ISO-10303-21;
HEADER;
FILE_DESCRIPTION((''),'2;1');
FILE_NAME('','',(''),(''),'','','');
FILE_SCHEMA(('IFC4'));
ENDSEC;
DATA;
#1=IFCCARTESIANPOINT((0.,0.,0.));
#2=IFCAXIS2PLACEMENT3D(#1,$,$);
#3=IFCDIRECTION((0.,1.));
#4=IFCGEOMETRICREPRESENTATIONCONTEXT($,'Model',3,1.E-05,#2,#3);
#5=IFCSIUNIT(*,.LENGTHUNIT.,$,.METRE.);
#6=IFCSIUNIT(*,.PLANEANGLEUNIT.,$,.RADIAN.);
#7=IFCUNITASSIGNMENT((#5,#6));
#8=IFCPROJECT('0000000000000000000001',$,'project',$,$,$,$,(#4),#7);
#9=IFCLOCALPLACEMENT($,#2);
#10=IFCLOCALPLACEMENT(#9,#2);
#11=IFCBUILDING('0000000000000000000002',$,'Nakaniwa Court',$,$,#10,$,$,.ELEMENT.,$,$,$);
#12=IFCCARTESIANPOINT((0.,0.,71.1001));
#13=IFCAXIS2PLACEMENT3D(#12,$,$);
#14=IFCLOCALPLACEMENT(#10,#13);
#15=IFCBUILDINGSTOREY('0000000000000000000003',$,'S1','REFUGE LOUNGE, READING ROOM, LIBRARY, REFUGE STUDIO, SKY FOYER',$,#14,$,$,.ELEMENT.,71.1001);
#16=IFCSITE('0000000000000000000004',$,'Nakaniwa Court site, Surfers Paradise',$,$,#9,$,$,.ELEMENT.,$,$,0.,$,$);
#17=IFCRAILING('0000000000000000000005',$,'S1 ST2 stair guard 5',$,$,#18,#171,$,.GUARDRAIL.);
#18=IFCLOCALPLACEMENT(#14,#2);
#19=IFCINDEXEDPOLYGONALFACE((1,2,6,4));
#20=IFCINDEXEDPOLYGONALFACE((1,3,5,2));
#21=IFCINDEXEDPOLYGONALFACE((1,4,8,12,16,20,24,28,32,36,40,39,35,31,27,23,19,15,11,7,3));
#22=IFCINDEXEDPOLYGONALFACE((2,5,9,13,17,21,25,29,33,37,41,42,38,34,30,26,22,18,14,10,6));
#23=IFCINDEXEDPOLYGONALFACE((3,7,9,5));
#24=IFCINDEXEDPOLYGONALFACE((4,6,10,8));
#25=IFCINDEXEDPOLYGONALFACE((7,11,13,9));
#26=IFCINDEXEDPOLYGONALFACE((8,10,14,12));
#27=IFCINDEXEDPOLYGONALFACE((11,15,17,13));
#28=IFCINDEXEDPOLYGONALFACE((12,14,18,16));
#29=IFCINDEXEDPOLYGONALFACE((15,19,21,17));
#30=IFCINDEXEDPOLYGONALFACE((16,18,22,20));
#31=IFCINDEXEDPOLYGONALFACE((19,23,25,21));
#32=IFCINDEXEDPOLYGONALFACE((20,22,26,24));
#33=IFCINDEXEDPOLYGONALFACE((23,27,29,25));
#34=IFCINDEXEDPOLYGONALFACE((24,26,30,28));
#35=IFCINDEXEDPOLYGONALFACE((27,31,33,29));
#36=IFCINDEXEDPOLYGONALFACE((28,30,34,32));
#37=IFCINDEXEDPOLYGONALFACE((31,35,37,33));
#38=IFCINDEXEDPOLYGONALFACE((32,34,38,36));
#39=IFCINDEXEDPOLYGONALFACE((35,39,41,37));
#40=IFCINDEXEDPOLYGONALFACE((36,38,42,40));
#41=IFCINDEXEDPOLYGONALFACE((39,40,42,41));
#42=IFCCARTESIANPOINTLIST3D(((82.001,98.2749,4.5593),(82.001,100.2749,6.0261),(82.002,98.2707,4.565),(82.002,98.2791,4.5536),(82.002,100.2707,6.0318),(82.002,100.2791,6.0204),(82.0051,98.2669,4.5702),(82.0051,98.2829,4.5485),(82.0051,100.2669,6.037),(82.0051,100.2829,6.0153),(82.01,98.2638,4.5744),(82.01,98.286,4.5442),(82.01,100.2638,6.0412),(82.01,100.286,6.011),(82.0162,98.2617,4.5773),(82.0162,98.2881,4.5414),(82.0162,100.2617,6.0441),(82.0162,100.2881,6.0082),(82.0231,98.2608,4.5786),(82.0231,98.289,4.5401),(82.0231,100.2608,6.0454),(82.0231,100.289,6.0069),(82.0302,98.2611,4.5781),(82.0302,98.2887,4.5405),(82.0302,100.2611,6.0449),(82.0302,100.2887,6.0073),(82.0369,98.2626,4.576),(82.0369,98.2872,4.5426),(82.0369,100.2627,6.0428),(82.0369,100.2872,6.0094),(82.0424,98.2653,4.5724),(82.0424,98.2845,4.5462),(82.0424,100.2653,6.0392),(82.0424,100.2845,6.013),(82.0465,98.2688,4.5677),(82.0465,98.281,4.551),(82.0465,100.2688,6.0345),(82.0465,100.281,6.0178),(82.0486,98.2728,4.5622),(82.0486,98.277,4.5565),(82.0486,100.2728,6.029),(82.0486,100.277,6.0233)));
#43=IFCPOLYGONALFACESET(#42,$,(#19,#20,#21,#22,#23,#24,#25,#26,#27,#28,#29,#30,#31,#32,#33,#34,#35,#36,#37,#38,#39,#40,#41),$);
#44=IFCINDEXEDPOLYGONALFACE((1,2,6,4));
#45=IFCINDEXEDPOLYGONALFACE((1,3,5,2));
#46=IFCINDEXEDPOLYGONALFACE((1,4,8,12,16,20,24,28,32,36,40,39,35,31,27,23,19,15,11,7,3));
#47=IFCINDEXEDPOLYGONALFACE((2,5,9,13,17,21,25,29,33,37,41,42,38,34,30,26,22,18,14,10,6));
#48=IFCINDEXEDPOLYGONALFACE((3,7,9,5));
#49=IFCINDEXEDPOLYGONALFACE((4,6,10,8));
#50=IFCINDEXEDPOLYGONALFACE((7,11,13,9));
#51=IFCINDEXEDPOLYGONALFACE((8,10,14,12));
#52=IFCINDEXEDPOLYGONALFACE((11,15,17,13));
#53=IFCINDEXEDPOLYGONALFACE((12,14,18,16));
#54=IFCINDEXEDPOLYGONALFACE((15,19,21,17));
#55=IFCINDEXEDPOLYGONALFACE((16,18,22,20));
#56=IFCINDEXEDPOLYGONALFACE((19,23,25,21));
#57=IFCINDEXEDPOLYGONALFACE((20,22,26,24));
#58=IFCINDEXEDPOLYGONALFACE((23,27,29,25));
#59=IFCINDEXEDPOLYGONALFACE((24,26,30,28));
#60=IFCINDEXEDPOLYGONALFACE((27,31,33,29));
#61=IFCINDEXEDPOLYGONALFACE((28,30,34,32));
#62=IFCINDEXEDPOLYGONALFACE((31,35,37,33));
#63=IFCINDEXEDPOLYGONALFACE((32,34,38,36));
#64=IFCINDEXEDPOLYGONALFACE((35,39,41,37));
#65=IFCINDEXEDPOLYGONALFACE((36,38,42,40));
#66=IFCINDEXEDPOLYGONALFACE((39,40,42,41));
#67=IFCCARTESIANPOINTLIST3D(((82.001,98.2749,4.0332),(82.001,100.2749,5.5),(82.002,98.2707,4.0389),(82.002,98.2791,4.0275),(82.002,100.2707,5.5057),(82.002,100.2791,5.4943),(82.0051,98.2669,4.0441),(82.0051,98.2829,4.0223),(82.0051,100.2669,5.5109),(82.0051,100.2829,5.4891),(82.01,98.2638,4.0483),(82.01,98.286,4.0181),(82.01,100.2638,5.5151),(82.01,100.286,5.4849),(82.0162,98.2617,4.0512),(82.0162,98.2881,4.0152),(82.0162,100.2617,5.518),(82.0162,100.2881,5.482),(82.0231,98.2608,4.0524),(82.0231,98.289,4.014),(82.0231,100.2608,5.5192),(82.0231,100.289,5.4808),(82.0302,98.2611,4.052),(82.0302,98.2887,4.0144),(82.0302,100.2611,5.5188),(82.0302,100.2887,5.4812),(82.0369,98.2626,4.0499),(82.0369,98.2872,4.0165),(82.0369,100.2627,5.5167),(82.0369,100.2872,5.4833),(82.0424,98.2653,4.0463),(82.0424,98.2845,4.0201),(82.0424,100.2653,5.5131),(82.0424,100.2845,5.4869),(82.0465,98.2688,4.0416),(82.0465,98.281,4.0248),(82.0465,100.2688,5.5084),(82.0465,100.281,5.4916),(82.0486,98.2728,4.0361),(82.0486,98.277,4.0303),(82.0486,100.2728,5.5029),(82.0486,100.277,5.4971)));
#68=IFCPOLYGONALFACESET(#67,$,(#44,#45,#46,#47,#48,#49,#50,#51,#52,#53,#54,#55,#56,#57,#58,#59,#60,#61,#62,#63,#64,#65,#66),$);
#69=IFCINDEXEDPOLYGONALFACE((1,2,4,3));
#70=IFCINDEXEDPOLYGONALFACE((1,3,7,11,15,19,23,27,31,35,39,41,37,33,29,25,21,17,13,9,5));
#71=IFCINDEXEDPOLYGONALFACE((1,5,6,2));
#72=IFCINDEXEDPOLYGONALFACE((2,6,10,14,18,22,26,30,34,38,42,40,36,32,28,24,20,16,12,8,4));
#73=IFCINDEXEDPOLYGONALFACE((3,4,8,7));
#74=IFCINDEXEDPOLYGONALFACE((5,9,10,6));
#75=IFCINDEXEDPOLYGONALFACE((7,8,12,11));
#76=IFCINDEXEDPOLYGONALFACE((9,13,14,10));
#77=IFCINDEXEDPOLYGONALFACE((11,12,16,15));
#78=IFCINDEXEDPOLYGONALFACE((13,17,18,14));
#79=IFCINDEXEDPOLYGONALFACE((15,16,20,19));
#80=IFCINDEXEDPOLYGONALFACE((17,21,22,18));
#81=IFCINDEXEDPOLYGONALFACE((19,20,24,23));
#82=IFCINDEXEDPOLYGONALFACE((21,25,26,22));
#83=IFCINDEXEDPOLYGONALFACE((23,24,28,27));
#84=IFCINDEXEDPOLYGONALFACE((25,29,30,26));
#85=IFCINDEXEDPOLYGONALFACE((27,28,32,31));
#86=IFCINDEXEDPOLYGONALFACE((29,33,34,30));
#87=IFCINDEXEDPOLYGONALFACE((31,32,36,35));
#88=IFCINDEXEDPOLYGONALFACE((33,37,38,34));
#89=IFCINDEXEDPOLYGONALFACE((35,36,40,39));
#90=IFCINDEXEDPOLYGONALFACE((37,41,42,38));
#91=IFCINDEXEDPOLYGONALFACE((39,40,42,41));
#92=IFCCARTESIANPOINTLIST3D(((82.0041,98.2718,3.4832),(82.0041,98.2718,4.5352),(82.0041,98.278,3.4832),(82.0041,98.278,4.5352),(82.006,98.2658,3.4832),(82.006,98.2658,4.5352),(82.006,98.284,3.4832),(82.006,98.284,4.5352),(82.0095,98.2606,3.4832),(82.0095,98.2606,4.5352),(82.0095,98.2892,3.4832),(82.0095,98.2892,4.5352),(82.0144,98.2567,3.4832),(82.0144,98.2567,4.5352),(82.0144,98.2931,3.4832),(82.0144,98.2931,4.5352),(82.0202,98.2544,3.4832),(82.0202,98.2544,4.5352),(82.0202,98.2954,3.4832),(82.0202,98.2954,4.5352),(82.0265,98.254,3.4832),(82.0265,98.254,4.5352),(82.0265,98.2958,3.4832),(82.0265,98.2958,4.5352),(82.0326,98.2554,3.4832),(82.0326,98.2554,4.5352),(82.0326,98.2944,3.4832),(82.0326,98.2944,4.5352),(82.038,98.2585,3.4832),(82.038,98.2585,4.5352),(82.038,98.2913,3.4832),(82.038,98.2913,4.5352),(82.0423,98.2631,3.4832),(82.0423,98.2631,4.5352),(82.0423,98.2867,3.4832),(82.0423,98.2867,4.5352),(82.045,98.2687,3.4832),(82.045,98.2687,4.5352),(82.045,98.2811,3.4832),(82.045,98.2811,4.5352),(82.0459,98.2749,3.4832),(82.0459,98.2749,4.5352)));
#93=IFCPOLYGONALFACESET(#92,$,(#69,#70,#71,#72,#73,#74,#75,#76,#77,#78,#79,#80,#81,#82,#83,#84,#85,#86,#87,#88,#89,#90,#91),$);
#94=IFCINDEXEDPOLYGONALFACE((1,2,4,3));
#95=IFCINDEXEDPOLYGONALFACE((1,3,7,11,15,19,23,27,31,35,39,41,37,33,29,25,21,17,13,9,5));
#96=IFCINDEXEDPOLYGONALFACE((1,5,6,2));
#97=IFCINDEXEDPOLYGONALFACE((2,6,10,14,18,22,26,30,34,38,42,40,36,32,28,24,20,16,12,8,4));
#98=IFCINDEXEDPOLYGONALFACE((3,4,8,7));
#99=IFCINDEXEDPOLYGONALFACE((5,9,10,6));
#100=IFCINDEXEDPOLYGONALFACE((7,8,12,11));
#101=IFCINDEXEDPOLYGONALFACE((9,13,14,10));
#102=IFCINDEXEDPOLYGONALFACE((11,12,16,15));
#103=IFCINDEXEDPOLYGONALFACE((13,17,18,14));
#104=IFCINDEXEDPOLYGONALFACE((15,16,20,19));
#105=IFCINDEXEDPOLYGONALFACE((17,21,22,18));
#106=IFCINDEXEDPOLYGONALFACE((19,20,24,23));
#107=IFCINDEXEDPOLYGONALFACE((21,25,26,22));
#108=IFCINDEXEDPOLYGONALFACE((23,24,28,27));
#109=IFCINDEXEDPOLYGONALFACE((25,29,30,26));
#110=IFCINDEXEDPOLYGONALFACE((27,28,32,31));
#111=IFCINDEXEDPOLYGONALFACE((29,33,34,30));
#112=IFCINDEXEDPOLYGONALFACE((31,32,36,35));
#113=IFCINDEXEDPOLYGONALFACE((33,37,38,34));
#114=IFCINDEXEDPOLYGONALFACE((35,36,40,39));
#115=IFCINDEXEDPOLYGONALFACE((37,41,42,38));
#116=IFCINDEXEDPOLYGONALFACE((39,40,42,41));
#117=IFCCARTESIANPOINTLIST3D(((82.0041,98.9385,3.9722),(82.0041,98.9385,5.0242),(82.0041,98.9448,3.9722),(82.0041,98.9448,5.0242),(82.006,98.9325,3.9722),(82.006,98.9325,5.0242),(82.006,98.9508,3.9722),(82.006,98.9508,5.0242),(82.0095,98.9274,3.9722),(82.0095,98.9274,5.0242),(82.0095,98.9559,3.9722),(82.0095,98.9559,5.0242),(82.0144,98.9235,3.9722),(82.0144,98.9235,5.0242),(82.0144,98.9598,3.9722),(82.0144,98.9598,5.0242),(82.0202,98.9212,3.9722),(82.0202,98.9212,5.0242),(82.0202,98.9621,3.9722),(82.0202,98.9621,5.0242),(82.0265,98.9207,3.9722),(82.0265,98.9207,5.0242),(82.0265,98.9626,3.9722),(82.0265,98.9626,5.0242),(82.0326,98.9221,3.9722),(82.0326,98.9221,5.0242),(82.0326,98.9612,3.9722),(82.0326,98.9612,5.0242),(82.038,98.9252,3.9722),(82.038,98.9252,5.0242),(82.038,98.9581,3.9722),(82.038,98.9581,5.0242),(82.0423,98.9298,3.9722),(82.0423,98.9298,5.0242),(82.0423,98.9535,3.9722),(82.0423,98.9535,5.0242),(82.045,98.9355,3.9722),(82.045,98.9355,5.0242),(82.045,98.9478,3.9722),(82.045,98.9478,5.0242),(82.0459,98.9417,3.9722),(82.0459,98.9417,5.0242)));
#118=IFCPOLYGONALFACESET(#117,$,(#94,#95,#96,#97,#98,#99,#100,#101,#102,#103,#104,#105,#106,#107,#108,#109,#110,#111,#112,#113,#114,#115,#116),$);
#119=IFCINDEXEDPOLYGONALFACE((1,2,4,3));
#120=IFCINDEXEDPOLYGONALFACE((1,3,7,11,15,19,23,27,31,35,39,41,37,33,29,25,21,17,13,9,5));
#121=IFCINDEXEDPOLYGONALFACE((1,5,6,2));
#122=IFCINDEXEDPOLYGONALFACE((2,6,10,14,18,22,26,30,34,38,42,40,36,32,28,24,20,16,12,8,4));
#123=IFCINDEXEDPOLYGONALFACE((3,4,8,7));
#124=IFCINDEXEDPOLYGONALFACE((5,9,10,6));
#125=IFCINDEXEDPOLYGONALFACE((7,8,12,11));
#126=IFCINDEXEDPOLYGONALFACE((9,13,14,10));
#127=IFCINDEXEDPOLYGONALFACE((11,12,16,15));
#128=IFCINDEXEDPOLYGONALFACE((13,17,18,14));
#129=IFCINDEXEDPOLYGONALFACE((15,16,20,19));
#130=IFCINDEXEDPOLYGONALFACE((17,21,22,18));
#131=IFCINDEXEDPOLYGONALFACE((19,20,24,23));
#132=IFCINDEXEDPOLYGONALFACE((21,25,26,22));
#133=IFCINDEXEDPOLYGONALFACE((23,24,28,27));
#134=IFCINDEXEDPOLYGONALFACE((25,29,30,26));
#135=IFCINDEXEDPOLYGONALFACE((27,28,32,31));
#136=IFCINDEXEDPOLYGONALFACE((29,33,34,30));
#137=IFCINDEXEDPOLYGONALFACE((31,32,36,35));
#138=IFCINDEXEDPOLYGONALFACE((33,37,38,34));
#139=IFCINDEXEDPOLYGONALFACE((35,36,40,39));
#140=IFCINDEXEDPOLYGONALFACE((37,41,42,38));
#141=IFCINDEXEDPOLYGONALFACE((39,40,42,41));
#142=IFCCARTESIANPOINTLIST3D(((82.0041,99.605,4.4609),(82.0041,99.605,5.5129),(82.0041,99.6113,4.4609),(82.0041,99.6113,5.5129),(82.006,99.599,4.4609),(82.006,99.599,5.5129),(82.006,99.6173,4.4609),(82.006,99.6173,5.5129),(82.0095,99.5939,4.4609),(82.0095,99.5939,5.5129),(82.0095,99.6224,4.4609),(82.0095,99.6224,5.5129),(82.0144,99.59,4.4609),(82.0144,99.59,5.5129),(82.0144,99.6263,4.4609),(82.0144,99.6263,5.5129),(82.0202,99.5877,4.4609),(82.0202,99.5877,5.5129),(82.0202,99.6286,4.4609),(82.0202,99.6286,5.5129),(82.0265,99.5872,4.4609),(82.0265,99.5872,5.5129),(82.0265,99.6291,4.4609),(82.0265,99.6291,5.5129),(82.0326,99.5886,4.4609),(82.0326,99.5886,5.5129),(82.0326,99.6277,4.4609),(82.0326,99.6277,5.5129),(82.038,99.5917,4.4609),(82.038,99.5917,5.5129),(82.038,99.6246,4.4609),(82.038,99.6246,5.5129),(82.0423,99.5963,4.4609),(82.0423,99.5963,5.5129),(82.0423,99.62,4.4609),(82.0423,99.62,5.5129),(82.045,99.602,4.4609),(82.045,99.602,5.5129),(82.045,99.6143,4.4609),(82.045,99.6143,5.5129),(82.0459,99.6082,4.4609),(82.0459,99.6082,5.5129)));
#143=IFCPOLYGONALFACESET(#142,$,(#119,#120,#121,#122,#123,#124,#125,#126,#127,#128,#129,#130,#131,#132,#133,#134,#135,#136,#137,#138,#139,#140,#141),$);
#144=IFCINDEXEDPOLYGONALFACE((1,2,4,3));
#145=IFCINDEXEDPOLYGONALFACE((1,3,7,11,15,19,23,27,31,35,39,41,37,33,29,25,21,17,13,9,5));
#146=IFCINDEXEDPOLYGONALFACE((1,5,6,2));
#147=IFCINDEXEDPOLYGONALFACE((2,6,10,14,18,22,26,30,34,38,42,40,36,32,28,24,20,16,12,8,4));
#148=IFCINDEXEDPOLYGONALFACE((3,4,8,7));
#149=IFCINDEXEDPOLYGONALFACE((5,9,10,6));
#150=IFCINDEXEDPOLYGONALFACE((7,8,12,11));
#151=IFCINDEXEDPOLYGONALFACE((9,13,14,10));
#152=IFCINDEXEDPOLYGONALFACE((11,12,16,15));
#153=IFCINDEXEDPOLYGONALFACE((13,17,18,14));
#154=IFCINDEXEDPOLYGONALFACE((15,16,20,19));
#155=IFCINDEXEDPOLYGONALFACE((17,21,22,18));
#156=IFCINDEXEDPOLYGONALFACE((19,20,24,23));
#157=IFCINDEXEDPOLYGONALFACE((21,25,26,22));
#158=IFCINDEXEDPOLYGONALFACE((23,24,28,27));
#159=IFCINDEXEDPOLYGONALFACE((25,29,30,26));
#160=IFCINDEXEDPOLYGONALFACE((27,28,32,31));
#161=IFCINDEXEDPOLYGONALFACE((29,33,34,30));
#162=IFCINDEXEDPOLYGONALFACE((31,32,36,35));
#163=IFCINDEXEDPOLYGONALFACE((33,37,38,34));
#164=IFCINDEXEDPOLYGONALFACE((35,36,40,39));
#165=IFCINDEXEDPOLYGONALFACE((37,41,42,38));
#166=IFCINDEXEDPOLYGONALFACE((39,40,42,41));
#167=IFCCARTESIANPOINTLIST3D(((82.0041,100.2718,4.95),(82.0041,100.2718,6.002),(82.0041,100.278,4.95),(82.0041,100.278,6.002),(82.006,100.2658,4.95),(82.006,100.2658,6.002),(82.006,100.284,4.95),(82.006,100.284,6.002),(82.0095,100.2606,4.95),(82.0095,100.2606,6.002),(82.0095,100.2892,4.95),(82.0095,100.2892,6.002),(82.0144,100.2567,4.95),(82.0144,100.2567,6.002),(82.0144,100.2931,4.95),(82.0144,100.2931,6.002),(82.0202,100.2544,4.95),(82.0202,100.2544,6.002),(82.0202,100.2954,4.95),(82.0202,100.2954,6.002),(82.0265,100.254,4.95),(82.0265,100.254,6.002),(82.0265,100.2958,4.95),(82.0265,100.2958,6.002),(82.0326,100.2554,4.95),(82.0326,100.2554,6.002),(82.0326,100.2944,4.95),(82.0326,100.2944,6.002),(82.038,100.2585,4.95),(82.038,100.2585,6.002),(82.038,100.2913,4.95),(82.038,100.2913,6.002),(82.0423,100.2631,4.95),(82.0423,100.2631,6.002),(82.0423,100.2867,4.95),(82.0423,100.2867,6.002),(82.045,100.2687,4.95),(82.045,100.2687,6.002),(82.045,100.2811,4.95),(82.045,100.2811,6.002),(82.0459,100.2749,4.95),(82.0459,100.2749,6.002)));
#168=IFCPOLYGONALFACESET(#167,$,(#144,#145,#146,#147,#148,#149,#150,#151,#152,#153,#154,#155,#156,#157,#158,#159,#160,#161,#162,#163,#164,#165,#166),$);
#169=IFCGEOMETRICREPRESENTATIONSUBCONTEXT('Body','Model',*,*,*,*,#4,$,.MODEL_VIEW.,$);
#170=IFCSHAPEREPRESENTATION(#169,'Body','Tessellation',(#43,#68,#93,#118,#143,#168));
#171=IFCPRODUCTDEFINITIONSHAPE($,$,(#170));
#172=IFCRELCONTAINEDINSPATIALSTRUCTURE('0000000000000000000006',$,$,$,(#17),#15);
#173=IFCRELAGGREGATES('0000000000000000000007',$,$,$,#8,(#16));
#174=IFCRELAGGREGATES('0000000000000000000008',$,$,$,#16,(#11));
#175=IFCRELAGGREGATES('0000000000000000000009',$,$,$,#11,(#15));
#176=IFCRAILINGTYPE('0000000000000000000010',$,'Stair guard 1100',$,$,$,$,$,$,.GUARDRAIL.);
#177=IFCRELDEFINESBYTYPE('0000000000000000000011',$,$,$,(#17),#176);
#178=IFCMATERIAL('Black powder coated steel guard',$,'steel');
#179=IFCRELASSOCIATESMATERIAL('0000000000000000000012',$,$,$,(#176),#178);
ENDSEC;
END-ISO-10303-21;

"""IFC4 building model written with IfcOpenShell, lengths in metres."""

from ifc_helpers import new_model, si_unit, direction, frame, origin, origin_2d, place, context, subcontext, project, spatial, circle, extrude, material, type_object, element, save


model = new_model("IFC4")

# Units and contexts
model_context = context("Model", 3, precision=1e-05, world=origin(), true_north=direction((0.0, 1.0)))
body_context = subcontext(model_context, "Body", "Model", "MODEL_VIEW")
ifc_project = project(units=[si_unit("LENGTHUNIT", "METRE"), si_unit("PLANEANGLEUNIT", "RADIAN")], contexts=[model_context])

# Site, building, storey
site_placement = place(None, origin())
site = spatial("IfcSite", under=ifc_project, at=site_placement, Name="Nakaniwa Court site, Surfers Paradise", CompositionType="ELEMENT", RefElevation=0.0)
building_placement = place(site_placement, origin())
building = spatial("IfcBuilding", under=site, at=building_placement, Name="Nakaniwa Court", CompositionType="ELEMENT")
storey_placement = place(building_placement, frame((0.0, 0.0, 71.1001)))
storey = spatial("IfcBuildingStorey", under=building, at=storey_placement, Name="S1", Description="REFUGE LOUNGE, READING ROOM, LIBRARY, REFUGE STUDIO, SKY FOYER", CompositionType="ELEMENT", Elevation=71.1001)

# Railing
ifc_material_1 = material(Name="Black powder coated steel guard", Category="steel")
railing_type_1 = type_object("IfcRailingType", Name="Stair guard 1100", PredefinedType="GUARDRAIL", material=ifc_material_1)
railing_1_placement = place(storey_placement, frame((82.0249, 98.2749, 3.4832)))
element("IfcRailing", 1, at=railing_1_placement, inside=storey, type_object=railing_type_1, Name="S1 ST2 stair guard 5", PredefinedType="GUARDRAIL", context=body_context, shape_type="SweptSolid", body=[
    extrude(circle(Radius=0.0239, at=origin_2d()), frame((0.0, 0.0, 1.0762), z_axis=(0.0, 0.80638, 0.591398), x_axis=(-1.0, 0.0, 0.0)), (0.0, 0.0, 1.0), 2.4802),
    extrude(circle(Radius=0.0239, at=origin_2d()), frame((0.0, 0.0, 0.55), z_axis=(0.0, 0.80638, 0.591398), x_axis=(-1.0, 0.0, 0.0)), (0.0, 0.0, 1.0), 2.4802),
    extrude(circle(Radius=0.021, at=origin_2d()), origin(), (0.0, 0.0, 1.0), 1.052),
    extrude(circle(Radius=0.021, at=origin_2d()), frame((0.0, 0.6667, 0.489)), (0.0, 0.0, 1.0), 1.052),
    extrude(circle(Radius=0.021, at=origin_2d()), frame((0.0, 1.3333, 0.9778)), (0.0, 0.0, 1.0), 1.052),
    extrude(circle(Radius=0.021, at=origin_2d()), frame((0.0, 2.0, 1.4668)), (0.0, 0.0, 1.0), 1.052),
])

save(model, "model.ifc")
